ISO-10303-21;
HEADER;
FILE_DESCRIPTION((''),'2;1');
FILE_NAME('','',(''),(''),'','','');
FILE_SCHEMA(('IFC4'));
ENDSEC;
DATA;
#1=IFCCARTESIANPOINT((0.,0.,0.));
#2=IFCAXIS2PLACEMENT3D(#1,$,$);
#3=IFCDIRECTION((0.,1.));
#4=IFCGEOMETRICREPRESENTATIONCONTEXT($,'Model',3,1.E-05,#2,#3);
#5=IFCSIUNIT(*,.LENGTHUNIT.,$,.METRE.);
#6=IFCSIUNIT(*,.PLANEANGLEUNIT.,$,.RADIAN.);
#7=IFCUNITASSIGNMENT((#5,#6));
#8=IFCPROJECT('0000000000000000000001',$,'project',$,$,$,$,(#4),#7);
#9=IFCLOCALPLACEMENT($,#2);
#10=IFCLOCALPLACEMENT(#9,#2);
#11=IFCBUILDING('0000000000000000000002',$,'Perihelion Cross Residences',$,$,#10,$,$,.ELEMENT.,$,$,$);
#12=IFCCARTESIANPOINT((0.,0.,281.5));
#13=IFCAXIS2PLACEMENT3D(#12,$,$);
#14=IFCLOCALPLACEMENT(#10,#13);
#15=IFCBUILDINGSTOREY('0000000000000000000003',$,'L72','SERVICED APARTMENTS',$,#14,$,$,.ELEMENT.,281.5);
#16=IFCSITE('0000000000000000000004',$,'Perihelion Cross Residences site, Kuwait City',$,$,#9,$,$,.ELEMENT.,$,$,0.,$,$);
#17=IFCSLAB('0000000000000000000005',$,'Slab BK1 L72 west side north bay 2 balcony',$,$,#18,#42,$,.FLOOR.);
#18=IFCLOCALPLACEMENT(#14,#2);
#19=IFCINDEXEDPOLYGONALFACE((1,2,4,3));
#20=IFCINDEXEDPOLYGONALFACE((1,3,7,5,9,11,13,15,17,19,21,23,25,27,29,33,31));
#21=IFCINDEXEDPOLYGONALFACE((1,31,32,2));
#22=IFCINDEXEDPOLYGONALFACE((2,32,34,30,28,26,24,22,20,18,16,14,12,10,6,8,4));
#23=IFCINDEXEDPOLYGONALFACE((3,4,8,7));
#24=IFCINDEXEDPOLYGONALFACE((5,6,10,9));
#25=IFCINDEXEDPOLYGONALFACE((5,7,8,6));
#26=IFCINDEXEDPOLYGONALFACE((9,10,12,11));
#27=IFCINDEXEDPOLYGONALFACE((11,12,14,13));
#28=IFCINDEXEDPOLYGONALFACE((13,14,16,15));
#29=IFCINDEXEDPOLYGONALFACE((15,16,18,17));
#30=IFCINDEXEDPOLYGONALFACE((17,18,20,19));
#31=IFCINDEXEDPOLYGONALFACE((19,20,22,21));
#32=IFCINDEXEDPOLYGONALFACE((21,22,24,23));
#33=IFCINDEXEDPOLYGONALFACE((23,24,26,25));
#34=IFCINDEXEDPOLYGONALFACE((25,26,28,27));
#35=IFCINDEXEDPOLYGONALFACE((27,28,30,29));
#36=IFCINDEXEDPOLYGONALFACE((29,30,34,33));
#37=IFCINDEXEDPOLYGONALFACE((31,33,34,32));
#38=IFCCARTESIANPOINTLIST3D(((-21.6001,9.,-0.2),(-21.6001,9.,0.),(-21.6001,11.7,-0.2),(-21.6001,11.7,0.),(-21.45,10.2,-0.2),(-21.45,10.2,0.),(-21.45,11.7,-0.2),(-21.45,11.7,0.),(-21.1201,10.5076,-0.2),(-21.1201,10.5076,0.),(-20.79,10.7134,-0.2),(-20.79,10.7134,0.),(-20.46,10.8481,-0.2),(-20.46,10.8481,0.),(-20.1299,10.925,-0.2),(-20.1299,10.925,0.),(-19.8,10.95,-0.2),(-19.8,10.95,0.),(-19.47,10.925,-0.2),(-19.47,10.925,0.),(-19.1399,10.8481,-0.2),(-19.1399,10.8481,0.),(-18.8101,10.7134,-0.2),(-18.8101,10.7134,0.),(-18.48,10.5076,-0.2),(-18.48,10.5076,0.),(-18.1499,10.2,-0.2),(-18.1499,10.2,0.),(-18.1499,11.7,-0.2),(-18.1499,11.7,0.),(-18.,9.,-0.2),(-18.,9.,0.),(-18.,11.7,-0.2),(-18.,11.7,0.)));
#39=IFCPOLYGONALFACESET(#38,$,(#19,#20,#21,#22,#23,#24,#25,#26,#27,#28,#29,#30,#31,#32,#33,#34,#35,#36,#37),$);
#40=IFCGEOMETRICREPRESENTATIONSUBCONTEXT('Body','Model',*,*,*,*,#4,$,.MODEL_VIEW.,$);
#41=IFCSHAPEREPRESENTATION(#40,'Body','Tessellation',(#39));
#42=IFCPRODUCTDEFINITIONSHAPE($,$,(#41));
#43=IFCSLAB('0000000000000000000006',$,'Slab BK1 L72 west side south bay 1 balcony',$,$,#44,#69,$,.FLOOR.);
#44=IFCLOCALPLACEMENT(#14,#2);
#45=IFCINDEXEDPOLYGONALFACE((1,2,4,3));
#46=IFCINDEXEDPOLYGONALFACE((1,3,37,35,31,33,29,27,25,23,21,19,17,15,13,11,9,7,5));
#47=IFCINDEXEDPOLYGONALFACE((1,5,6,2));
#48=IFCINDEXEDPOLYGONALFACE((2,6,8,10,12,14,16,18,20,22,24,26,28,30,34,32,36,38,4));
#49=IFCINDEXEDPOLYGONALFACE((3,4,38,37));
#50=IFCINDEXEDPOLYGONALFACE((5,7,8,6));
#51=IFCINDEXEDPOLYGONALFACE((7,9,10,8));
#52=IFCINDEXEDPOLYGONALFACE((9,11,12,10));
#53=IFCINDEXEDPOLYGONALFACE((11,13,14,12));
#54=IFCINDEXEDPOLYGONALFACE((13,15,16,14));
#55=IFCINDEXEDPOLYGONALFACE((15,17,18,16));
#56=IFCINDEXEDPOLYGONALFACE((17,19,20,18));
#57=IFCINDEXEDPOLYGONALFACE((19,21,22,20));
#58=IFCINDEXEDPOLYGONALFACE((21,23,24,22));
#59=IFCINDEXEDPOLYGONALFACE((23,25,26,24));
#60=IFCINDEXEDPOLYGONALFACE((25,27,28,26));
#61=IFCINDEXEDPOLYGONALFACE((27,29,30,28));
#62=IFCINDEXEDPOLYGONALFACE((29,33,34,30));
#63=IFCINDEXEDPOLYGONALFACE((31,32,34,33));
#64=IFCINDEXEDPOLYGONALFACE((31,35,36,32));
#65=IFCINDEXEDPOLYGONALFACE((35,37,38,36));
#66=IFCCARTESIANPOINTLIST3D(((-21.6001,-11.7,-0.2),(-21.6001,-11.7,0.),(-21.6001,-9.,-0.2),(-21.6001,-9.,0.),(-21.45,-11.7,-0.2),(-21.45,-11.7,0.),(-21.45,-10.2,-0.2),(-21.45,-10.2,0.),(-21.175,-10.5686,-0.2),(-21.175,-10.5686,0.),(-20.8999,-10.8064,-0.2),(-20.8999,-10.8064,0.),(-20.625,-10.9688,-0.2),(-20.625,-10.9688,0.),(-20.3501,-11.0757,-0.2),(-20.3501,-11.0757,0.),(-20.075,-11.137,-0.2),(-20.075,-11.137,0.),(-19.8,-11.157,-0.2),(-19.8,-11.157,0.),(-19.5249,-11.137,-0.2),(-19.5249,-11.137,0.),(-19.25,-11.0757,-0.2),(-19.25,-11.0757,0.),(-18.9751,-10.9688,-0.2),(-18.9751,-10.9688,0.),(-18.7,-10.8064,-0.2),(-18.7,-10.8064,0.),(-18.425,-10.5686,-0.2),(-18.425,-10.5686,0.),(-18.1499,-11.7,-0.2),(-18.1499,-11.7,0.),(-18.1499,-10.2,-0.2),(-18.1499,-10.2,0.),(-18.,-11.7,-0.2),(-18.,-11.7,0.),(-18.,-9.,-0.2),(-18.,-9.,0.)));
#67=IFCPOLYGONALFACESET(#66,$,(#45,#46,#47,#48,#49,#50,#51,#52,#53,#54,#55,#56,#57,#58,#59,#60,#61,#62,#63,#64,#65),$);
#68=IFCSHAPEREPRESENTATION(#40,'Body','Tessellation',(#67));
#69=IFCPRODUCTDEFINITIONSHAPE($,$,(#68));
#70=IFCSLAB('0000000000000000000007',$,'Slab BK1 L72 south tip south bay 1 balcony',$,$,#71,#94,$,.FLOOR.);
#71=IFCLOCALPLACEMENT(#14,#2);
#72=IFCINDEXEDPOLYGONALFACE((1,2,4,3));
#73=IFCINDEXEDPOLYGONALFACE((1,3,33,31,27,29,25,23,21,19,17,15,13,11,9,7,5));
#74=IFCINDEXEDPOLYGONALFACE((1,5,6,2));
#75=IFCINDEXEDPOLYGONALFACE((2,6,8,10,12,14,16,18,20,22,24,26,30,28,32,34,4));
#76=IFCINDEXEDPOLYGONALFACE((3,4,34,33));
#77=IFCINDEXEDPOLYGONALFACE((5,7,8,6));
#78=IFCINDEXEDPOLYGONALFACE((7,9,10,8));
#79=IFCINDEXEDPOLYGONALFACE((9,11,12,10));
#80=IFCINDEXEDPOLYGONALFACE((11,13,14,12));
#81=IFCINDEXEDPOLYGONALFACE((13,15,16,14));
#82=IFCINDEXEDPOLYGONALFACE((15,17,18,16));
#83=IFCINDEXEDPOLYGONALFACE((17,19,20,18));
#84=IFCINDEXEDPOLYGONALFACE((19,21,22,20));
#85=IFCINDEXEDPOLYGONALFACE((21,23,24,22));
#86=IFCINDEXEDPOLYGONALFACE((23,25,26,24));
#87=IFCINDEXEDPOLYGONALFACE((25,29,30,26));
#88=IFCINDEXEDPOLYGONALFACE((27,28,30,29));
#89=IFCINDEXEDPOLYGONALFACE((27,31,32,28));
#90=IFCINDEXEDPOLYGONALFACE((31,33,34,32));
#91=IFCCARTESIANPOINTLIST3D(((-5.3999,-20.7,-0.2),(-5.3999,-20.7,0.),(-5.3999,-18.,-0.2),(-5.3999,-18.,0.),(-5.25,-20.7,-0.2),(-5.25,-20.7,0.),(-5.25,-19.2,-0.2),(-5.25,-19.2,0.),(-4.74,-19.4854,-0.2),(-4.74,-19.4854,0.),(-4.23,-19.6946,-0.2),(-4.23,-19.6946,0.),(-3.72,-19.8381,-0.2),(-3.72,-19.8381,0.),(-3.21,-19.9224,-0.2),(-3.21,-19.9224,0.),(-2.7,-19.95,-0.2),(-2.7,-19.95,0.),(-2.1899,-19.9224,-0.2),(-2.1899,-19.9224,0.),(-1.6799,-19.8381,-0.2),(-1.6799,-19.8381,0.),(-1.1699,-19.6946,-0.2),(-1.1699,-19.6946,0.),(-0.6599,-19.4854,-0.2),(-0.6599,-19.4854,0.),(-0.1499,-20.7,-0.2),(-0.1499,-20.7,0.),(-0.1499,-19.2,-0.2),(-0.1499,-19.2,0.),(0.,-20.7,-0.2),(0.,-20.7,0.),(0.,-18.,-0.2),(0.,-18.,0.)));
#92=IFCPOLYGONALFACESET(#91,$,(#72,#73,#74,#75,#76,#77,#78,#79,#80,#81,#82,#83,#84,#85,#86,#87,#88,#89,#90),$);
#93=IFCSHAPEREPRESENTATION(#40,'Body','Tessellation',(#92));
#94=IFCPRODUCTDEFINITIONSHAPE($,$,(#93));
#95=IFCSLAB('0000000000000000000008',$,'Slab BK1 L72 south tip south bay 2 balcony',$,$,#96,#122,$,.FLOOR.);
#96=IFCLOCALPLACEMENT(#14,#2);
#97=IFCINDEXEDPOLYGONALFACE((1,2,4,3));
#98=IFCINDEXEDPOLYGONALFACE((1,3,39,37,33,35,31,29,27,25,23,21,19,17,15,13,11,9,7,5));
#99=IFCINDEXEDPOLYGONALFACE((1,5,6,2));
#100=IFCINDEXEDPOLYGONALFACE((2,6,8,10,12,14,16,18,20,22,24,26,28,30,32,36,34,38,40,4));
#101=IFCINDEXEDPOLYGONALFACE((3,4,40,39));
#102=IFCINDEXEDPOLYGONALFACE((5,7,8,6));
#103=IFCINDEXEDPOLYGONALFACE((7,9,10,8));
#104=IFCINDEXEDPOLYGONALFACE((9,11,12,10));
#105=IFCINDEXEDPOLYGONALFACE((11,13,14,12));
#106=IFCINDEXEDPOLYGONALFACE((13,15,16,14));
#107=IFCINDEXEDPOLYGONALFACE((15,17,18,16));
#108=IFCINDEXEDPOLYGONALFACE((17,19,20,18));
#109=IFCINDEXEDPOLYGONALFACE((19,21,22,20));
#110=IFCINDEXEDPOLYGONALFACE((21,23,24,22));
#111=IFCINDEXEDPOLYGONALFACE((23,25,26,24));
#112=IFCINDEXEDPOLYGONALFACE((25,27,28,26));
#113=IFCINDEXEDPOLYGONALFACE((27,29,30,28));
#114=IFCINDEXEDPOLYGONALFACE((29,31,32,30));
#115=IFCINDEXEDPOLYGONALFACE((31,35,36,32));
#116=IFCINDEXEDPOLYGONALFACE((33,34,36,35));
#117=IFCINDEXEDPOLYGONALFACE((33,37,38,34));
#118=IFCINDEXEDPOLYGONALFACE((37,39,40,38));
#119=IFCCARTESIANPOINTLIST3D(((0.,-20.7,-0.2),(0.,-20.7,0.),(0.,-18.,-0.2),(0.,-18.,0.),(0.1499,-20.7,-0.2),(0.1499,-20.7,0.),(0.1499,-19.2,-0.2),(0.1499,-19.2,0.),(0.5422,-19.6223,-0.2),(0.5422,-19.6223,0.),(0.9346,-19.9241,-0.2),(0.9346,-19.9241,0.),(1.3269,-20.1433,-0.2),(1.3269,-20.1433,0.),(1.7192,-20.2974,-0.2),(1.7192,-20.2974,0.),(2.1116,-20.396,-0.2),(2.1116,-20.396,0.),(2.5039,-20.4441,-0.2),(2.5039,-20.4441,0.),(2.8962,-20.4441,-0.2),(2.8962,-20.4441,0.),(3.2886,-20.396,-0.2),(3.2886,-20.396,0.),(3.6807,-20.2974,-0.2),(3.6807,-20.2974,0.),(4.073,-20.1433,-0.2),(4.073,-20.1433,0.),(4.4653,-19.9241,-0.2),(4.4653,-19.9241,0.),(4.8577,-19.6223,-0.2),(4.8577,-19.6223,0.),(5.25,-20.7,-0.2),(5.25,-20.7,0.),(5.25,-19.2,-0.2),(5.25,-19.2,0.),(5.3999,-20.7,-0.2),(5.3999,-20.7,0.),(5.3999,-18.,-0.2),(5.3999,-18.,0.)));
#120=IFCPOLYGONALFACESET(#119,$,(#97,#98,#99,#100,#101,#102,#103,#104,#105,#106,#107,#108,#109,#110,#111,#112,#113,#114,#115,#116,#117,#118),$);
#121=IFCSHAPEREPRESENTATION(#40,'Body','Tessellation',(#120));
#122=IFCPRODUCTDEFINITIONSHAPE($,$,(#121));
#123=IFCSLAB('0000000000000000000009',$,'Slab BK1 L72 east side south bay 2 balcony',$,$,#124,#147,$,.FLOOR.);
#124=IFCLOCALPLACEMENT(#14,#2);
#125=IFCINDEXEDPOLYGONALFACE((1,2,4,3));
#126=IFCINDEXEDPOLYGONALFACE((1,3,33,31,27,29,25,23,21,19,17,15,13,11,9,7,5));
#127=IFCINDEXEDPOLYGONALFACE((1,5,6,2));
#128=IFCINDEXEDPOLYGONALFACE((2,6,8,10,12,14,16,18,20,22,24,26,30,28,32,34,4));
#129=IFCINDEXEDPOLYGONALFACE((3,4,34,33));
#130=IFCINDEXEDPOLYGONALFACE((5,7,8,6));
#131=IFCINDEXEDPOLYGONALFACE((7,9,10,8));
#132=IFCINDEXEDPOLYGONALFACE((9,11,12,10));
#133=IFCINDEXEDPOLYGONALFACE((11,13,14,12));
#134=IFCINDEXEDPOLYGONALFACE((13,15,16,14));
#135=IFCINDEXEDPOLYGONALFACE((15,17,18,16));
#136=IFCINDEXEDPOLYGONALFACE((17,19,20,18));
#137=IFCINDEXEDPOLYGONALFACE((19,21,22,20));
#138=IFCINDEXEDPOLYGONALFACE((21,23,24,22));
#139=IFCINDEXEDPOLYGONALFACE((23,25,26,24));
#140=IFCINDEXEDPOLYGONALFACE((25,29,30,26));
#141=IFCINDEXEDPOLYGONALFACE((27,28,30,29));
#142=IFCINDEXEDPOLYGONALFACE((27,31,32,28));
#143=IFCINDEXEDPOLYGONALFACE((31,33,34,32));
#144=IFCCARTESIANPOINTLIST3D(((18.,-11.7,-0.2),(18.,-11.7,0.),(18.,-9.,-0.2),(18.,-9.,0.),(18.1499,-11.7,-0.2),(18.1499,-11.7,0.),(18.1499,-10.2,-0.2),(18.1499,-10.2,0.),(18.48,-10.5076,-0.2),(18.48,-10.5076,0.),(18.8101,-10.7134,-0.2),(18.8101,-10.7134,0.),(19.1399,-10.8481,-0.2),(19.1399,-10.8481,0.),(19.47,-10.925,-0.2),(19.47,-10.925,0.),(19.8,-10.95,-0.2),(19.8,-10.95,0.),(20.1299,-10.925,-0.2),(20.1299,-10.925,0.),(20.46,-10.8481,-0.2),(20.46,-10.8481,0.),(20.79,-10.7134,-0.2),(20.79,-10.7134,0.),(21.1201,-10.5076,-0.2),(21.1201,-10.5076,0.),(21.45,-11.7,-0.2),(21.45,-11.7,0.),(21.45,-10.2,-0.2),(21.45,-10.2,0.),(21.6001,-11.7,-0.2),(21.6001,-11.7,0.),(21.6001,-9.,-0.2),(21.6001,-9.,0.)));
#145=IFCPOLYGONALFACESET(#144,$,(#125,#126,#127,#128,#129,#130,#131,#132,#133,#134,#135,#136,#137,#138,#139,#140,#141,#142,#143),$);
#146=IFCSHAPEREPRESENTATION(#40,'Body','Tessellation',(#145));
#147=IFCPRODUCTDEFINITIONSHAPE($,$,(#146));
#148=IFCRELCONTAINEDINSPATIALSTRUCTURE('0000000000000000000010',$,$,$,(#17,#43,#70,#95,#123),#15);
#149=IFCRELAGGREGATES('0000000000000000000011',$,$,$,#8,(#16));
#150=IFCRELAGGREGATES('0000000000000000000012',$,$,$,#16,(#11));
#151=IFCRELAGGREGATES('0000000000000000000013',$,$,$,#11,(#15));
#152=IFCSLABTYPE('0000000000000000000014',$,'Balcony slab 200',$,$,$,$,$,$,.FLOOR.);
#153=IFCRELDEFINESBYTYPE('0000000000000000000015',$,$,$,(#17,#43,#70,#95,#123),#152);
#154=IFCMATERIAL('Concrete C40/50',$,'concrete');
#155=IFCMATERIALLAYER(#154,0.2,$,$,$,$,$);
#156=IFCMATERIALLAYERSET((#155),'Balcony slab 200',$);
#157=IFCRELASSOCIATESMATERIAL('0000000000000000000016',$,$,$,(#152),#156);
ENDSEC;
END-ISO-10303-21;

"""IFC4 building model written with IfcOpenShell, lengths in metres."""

from ifc_helpers import new_model, si_unit, direction, frame, origin, place, context, subcontext, project, spatial, polyline, outline, extrude, material, layer, layer_set, type_object, element, save


model = new_model("IFC4")

# Units and contexts
model_context = context("Model", 3, precision=1e-05, world=origin(), true_north=direction((0.0, 1.0)))
body_context = subcontext(model_context, "Body", "Model", "MODEL_VIEW")
ifc_project = project(units=[si_unit("LENGTHUNIT", "METRE"), si_unit("PLANEANGLEUNIT", "RADIAN")], contexts=[model_context])

# Site, building, storey
site_placement = place(None, origin())
site = spatial("IfcSite", under=ifc_project, at=site_placement, Name="Perihelion Cross Residences site, Kuwait City", CompositionType="ELEMENT", RefElevation=0.0)
building_placement = place(site_placement, origin())
building = spatial("IfcBuilding", under=site, at=building_placement, Name="Perihelion Cross Residences", CompositionType="ELEMENT")
storey_placement = place(building_placement, frame((0.0, 0.0, 281.5)))
storey = spatial("IfcBuildingStorey", under=building, at=storey_placement, Name="L72", Description="SERVICED APARTMENTS", CompositionType="ELEMENT", Elevation=281.5)

# Slabs
ifc_material_1 = material(Name="Concrete C40/50", Category="concrete")
ifc_layer_1 = layer(ifc_material_1, 0.2)
ifc_layer_set_1 = layer_set([ifc_layer_1], Name="Balcony slab 200")
slab_type_1 = type_object("IfcSlabType", Name="Balcony slab 200", PredefinedType="FLOOR", material=ifc_layer_set_1)
slab_1_placement = place(storey_placement, frame((0.0, 0.0, -0.2)))
element("IfcSlab", 1, at=slab_1_placement, inside=storey, type_object=slab_type_1, Name="Slab BK1 L72 west side north bay 2 balcony", PredefinedType="FLOOR", context=body_context, shape_type="SweptSolid", body=[
    extrude(outline(polyline([(-18.0, 9.0), (-21.6001, 9.0), (-21.6001, 11.7), (-21.45, 11.7), (-21.45, 10.2), (-21.1201, 10.5076), (-20.79, 10.7134), (-20.46, 10.8481), (-20.1299, 10.925), (-19.8, 10.95), (-19.47, 10.925), (-19.1399, 10.8481), (-18.8101, 10.7134), (-18.48, 10.5076), (-18.1499, 10.2), (-18.1499, 11.7), (-18.0, 11.7), (-18.0, 9.0)])), origin(), (0.0, 0.0, 1.0), 0.2),
])
slab_2_placement = place(storey_placement, frame((0.0, 0.0, -0.2)))
element("IfcSlab", 2, at=slab_2_placement, inside=storey, type_object=slab_type_1, Name="Slab BK1 L72 west side south bay 1 balcony", PredefinedType="FLOOR", context=body_context, shape_type="SweptSolid", body=[
    extrude(outline(polyline([(-21.6001, -9.0), (-18.0, -9.0), (-18.0, -11.7), (-18.1499, -11.7), (-18.1499, -10.2), (-18.425, -10.5686), (-18.7, -10.8064), (-18.9751, -10.9688), (-19.25, -11.0757), (-19.5249, -11.137), (-19.8, -11.157), (-20.075, -11.137), (-20.3501, -11.0757), (-20.625, -10.9688), (-20.8999, -10.8064), (-21.175, -10.5686), (-21.45, -10.2), (-21.45, -11.7), (-21.6001, -11.7), (-21.6001, -9.0)])), origin(), (0.0, 0.0, 1.0), 0.2),
])
slab_3_placement = place(storey_placement, frame((0.0, 0.0, -0.2)))
element("IfcSlab", 3, at=slab_3_placement, inside=storey, type_object=slab_type_1, Name="Slab BK1 L72 south tip south bay 1 balcony", PredefinedType="FLOOR", context=body_context, shape_type="SweptSolid", body=[
    extrude(outline(polyline([(-5.3999, -18.0), (0.0, -18.0), (0.0, -20.7), (-0.1499, -20.7), (-0.1499, -19.2), (-0.6599, -19.4854), (-1.1699, -19.6946), (-1.6799, -19.8381), (-2.1899, -19.9224), (-2.7, -19.95), (-3.21, -19.9224), (-3.72, -19.8381), (-4.23, -19.6946), (-4.74, -19.4854), (-5.25, -19.2), (-5.25, -20.7), (-5.3999, -20.7), (-5.3999, -18.0)])), origin(), (0.0, 0.0, 1.0), 0.2),
])
slab_4_placement = place(storey_placement, frame((0.0, 0.0, -0.2)))
element("IfcSlab", 4, at=slab_4_placement, inside=storey, type_object=slab_type_1, Name="Slab BK1 L72 south tip south bay 2 balcony", PredefinedType="FLOOR", context=body_context, shape_type="SweptSolid", body=[
    extrude(outline(polyline([(0.0, -18.0), (5.3999, -18.0), (5.3999, -20.7), (5.25, -20.7), (5.25, -19.2), (4.8577, -19.6223), (4.4653, -19.9241), (4.073, -20.1433), (3.6807, -20.2974), (3.2886, -20.396), (2.8962, -20.4441), (2.5039, -20.4441), (2.1116, -20.396), (1.7192, -20.2974), (1.3269, -20.1433), (0.9346, -19.9241), (0.5422, -19.6223), (0.1499, -19.2), (0.1499, -20.7), (0.0, -20.7), (0.0, -18.0)])), origin(), (0.0, 0.0, 1.0), 0.2),
])
slab_5_placement = place(storey_placement, frame((0.0, 0.0, -0.2)))
element("IfcSlab", 5, at=slab_5_placement, inside=storey, type_object=slab_type_1, Name="Slab BK1 L72 east side south bay 2 balcony", PredefinedType="FLOOR", context=body_context, shape_type="SweptSolid", body=[
    extrude(outline(polyline([(18.0, -9.0), (21.6001, -9.0), (21.6001, -11.7), (21.45, -11.7), (21.45, -10.2), (21.1201, -10.5076), (20.79, -10.7134), (20.46, -10.8481), (20.1299, -10.925), (19.8, -10.95), (19.47, -10.925), (19.1399, -10.8481), (18.8101, -10.7134), (18.48, -10.5076), (18.1499, -10.2), (18.1499, -11.7), (18.0, -11.7), (18.0, -9.0)])), origin(), (0.0, 0.0, 1.0), 0.2),
])

save(model, "model.ifc")
